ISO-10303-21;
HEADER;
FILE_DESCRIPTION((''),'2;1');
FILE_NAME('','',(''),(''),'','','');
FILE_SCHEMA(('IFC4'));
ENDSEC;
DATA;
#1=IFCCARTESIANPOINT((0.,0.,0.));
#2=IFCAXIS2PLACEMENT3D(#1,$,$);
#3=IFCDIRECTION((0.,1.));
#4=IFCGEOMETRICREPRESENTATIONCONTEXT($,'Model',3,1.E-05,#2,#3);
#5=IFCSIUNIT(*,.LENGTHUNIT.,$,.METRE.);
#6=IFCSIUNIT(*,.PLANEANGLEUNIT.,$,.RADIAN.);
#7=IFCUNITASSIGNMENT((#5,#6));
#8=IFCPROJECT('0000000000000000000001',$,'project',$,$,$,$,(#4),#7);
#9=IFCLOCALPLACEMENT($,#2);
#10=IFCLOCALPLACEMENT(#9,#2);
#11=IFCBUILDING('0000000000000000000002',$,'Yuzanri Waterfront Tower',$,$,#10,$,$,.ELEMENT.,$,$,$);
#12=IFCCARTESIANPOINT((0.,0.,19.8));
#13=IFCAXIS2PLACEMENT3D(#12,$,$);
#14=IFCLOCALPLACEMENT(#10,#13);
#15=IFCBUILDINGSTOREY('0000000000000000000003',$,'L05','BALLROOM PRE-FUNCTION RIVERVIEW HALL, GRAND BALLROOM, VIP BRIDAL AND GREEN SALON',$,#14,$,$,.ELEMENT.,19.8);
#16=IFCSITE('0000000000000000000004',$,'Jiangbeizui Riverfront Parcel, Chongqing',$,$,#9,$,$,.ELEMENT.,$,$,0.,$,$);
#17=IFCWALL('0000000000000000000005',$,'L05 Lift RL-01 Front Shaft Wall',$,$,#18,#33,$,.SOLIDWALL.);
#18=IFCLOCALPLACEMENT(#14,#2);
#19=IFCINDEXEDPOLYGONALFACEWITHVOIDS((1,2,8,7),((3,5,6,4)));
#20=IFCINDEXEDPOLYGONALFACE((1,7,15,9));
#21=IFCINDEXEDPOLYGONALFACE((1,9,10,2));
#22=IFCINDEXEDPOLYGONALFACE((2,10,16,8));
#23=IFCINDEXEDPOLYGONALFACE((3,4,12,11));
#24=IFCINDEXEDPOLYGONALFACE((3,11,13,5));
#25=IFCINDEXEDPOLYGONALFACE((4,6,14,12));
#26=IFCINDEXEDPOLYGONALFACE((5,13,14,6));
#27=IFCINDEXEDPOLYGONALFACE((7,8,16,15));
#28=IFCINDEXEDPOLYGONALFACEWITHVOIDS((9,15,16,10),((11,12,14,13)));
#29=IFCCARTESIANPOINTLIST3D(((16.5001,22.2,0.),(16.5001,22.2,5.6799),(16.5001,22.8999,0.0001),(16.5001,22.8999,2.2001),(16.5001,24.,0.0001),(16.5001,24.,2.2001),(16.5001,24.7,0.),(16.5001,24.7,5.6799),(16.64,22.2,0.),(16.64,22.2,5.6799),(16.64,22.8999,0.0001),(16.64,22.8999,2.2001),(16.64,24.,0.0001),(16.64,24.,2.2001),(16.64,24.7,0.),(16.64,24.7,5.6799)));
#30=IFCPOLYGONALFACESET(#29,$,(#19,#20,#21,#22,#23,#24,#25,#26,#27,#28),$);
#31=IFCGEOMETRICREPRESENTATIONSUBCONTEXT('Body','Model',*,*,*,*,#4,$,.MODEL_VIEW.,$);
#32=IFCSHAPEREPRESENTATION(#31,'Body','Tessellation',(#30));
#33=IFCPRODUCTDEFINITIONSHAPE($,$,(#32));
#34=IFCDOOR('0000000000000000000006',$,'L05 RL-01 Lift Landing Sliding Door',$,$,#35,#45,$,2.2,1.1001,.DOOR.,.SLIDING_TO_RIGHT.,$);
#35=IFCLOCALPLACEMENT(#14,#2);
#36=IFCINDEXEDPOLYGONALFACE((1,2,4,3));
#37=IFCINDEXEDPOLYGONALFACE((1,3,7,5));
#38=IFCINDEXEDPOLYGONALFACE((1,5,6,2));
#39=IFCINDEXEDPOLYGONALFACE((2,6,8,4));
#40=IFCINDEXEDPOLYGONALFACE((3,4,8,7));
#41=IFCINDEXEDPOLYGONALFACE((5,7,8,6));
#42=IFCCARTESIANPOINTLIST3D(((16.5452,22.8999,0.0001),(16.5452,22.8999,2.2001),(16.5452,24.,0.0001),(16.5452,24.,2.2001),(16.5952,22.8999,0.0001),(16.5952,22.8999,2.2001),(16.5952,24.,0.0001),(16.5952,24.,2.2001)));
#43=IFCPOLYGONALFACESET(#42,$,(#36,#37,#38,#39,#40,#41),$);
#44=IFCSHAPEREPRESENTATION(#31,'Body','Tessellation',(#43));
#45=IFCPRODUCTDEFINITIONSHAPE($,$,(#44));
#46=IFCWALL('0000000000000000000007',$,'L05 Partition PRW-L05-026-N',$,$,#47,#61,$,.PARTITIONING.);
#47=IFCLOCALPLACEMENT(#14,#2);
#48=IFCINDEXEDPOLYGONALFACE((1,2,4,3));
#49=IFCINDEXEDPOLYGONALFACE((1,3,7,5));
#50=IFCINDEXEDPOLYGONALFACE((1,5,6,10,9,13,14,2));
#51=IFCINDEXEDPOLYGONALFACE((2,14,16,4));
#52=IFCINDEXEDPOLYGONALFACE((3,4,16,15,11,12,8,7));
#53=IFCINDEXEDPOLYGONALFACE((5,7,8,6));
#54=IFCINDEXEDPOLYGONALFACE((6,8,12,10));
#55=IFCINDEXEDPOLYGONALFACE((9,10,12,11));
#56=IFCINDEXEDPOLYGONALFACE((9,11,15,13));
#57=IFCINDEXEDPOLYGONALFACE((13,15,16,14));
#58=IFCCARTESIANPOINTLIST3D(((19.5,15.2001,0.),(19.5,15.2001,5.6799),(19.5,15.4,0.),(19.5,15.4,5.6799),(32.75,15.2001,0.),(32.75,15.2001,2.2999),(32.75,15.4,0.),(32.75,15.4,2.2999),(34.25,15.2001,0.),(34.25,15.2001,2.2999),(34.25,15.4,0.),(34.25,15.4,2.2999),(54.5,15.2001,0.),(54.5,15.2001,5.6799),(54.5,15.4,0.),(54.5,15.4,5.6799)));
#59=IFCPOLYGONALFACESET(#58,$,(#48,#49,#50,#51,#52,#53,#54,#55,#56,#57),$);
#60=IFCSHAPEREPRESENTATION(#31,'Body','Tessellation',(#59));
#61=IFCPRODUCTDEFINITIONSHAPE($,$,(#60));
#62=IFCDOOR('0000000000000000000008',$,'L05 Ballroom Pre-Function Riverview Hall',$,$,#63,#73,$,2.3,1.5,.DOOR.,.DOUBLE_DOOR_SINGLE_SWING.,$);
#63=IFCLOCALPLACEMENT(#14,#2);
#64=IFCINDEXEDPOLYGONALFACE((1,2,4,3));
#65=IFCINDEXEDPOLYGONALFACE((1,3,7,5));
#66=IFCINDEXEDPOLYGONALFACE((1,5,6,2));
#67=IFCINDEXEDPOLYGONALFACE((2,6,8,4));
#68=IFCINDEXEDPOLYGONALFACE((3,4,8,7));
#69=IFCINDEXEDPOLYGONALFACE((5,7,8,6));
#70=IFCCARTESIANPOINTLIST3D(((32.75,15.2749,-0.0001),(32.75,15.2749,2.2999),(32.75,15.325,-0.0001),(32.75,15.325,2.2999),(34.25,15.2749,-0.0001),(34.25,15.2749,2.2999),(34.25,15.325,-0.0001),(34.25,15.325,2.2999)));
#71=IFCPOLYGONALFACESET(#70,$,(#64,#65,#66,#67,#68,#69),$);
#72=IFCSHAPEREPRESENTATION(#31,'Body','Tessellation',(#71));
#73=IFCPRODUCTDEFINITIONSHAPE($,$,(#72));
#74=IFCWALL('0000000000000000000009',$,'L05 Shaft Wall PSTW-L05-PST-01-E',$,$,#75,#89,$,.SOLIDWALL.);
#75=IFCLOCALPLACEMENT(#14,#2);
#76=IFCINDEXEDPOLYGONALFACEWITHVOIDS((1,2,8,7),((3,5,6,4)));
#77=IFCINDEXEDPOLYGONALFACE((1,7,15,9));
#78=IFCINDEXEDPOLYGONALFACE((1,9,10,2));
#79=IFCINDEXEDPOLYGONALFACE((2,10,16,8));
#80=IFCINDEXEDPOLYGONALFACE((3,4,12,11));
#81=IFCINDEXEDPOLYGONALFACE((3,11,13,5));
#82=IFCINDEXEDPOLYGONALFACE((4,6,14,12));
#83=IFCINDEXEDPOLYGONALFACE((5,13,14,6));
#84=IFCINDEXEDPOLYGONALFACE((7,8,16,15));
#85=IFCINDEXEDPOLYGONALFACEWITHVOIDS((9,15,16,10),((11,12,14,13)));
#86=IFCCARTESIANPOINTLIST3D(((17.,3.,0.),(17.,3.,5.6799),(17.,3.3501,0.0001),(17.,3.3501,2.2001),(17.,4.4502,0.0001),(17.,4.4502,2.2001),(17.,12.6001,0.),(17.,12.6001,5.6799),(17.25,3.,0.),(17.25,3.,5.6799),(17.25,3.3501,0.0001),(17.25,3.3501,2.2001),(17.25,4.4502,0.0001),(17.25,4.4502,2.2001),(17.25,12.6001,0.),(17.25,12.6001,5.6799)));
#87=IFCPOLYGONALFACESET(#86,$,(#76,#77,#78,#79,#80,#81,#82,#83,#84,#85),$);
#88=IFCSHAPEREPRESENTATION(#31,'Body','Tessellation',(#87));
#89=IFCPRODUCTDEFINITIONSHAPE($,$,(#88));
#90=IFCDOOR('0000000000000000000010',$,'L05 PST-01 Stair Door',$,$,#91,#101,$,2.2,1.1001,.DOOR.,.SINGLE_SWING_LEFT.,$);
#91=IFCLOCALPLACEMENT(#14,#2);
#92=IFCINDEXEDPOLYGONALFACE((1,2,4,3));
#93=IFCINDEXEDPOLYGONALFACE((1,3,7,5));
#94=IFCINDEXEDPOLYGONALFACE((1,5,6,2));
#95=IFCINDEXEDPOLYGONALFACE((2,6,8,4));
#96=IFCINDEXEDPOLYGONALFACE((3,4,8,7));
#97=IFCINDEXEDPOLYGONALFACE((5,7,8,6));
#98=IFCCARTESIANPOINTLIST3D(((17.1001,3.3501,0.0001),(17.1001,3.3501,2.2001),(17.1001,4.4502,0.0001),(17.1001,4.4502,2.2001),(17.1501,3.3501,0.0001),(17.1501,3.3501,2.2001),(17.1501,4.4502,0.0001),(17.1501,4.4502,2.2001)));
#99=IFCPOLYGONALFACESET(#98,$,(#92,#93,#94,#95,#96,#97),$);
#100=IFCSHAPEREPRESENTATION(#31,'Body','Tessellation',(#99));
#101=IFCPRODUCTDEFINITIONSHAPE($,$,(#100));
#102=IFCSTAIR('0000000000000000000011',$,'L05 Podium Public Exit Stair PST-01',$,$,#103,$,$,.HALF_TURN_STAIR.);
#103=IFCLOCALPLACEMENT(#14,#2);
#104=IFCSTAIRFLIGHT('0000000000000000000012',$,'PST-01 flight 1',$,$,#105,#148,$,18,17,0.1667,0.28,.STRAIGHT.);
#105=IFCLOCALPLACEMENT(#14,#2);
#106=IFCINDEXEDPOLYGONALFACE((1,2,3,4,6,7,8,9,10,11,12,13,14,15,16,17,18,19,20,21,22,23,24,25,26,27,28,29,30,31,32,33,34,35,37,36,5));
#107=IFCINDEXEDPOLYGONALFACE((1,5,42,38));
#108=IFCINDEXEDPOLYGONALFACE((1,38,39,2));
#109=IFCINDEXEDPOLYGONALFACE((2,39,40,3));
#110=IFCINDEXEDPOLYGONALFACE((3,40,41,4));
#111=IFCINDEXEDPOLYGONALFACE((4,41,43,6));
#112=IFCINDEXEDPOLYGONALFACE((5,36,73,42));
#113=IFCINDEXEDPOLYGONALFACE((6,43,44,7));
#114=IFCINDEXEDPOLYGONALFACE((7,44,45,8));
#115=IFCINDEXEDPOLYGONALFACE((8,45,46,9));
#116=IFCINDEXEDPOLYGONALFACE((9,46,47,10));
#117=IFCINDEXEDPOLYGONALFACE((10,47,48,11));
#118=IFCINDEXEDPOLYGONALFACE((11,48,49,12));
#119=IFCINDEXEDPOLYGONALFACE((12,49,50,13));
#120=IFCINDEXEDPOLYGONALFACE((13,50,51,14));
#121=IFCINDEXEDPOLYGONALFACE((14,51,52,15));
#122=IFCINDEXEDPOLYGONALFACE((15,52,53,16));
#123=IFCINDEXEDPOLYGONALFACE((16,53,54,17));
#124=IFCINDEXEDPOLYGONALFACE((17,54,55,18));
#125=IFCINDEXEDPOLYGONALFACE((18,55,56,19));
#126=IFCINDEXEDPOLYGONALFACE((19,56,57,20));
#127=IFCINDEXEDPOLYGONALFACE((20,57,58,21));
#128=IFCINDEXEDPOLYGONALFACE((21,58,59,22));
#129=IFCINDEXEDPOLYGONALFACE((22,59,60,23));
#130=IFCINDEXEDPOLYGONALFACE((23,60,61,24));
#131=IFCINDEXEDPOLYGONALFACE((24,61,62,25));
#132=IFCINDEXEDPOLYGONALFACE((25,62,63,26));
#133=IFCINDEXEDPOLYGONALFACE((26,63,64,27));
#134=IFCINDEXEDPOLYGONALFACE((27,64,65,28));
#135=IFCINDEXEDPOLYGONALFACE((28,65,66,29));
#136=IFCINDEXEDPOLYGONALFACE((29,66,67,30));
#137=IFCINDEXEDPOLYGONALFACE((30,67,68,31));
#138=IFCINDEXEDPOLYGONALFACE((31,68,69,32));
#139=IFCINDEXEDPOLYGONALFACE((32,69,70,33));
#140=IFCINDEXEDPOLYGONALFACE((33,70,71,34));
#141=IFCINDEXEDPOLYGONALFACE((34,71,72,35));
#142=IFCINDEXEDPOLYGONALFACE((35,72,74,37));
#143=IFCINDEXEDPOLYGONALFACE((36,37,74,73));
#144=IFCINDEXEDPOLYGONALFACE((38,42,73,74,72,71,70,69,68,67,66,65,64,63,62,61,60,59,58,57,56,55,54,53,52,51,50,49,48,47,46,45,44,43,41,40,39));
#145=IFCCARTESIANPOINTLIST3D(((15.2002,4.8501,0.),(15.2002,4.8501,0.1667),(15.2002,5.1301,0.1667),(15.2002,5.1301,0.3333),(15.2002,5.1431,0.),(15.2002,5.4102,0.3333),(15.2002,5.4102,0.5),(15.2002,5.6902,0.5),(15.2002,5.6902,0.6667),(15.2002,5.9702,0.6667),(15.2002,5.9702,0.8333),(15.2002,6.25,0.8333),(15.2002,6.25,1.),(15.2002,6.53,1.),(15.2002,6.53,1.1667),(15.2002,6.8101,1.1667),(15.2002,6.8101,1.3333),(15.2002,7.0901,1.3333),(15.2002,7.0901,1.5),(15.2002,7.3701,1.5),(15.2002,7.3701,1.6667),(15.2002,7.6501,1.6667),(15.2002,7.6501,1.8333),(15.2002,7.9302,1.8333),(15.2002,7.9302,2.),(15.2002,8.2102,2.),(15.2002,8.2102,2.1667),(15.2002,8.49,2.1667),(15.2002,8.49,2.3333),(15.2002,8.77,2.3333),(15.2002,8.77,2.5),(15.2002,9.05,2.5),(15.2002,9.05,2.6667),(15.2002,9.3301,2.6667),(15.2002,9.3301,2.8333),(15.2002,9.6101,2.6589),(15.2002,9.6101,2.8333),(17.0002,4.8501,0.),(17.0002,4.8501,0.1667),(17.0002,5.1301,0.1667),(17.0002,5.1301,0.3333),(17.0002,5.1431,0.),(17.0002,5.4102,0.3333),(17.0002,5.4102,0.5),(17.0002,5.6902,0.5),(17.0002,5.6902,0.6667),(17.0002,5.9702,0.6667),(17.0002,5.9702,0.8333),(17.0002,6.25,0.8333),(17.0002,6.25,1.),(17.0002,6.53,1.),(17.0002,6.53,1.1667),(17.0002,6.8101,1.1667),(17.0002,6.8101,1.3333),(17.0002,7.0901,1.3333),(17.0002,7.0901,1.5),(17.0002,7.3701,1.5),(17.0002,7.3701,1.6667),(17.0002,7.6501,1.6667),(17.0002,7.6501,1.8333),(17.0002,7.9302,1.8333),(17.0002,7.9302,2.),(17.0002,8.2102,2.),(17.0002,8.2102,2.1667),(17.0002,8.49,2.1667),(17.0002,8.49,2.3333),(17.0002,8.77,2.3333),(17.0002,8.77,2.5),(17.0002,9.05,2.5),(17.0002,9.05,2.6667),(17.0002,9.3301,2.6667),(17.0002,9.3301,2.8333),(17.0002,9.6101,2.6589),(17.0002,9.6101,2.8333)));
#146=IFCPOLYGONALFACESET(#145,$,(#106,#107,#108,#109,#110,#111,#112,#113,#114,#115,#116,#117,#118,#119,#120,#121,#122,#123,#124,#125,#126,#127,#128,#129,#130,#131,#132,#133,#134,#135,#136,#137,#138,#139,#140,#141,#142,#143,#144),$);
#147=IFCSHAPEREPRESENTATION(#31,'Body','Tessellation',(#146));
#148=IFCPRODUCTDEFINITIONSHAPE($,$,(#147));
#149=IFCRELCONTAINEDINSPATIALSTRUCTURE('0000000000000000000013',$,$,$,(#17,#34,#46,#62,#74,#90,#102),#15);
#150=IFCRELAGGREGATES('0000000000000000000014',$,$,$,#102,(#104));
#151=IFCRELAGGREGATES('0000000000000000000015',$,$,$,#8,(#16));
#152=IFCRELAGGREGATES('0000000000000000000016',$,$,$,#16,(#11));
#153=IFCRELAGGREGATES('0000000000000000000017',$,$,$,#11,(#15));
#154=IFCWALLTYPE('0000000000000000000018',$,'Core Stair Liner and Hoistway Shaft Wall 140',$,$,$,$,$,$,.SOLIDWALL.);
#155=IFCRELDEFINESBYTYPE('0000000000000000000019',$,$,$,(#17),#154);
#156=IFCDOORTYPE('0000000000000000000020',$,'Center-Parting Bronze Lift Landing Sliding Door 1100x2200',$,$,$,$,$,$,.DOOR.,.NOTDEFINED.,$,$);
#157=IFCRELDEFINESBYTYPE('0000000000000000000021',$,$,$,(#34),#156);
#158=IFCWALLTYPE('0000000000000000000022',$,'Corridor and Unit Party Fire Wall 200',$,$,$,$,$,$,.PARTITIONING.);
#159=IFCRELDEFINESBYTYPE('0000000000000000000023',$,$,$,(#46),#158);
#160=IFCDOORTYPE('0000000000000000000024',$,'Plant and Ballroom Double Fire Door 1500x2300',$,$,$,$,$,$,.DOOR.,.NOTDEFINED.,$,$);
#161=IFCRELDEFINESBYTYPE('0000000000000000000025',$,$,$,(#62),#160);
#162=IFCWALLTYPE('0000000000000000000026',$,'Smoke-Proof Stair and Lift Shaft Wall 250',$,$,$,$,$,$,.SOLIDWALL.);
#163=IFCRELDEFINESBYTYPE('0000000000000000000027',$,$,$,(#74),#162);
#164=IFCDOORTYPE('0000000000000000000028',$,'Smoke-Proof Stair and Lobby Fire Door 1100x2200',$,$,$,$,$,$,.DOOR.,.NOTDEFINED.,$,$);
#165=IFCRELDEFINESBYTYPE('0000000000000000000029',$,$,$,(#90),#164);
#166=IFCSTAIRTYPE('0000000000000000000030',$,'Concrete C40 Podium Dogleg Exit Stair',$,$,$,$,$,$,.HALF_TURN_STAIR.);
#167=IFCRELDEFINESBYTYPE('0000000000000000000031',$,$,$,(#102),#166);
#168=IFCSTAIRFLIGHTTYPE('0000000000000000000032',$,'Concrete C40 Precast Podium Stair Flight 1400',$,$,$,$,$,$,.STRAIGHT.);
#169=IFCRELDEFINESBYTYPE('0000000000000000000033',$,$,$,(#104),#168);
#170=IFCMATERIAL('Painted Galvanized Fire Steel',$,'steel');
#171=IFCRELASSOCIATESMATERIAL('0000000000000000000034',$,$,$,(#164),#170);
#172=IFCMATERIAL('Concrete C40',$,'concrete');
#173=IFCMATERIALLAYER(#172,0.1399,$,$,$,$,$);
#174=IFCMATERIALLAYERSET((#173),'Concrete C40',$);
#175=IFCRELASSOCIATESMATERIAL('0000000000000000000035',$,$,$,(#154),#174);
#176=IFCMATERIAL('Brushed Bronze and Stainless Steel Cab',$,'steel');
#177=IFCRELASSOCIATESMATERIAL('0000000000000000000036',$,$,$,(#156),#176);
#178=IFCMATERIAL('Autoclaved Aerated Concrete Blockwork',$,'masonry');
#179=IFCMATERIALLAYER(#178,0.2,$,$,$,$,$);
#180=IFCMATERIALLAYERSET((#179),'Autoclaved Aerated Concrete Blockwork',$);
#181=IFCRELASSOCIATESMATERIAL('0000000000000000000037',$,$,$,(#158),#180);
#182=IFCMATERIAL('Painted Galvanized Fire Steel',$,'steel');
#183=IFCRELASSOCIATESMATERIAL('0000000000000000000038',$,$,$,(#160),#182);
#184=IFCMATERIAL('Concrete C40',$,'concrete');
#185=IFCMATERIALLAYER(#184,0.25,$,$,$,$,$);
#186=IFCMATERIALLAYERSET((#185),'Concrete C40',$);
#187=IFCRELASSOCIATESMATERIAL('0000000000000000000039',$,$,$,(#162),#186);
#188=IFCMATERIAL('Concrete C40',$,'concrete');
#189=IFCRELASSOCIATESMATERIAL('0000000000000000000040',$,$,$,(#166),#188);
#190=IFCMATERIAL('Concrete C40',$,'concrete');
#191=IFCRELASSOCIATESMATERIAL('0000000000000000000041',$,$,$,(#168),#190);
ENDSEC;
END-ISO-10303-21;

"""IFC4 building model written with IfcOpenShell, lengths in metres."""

from ifc_helpers import new_model, si_unit, direction, frame, frame_2d, origin, place, context, subcontext, project, spatial, polyline, rectangle, outline, extrude, source, transform, mapped, material, layer, layer_set, type_object, element, fill, aggregate, save


model = new_model("IFC4")

# Units and contexts
model_context = context("Model", 3, precision=1e-05, world=origin(), true_north=direction((0.0, 1.0)))
body_context = subcontext(model_context, "Body", "Model", "MODEL_VIEW")
ifc_project = project(units=[si_unit("LENGTHUNIT", "METRE"), si_unit("PLANEANGLEUNIT", "RADIAN")], contexts=[model_context])

# Site, building, storey
site_placement = place(None, origin())
site = spatial("IfcSite", under=ifc_project, at=site_placement, Name="Jiangbeizui Riverfront Parcel, Chongqing", CompositionType="ELEMENT", RefElevation=0.0)
building_placement = place(site_placement, origin())
building = spatial("IfcBuilding", under=site, at=building_placement, Name="Yuzanri Waterfront Tower", CompositionType="ELEMENT")
storey_placement = place(building_placement, frame((0.0, 0.0, 19.8)))
storey = spatial("IfcBuildingStorey", under=building, at=storey_placement, Name="L05", Description="BALLROOM PRE-FUNCTION RIVERVIEW HALL, GRAND BALLROOM, VIP BRIDAL AND GREEN SALON", CompositionType="ELEMENT", Elevation=19.8)

# Shared definitions
ifc_material_1 = material(Name="Painted Galvanized Fire Steel", Category="steel")
door_type_1 = type_object("IfcDoorType", Name="Smoke-Proof Stair and Lobby Fire Door 1100x2200", OperationType="NOTDEFINED", PredefinedType="DOOR", material=ifc_material_1)
shared_shape_1 = source(origin(), body_context, "Body", "SweptSolid", [
    extrude(rectangle(XDim=1.1001, YDim=2.2, at=frame_2d((0.55, 1.1001))), frame((0.0, 0.0249, 0.0), z_axis=(0.0, -1.0, 0.0), x_axis=(1.0, 0.0, 0.0)), (0.0, 0.0, 1.0), 0.05),
])

# Walls, openings, doors
ifc_material_2 = material(Name="Concrete C40", Category="concrete")
ifc_layer_1 = layer(ifc_material_2, 0.1399)
ifc_layer_set_1 = layer_set([ifc_layer_1], Name="Concrete C40")
wall_type_1 = type_object("IfcWallType", Name="Core Stair Liner and Hoistway Shaft Wall 140", PredefinedType="SOLIDWALL", material=ifc_layer_set_1)
wall_1_placement = place(storey_placement, frame((16.5701, 22.2, 0.0), z_axis=(0.0, 0.0, 1.0), x_axis=(0.0, 1.0, 0.0)))
wall_1 = element("IfcWall", 1, at=wall_1_placement, inside=storey, type_object=wall_type_1, Name="L05 Lift RL-01 Front Shaft Wall", PredefinedType="SOLIDWALL", context=body_context, shape_type="SweptSolid", body=[
    extrude(rectangle(XDim=2.5, YDim=0.1399, at=frame_2d((1.25, 0.0))), origin(), (0.0, 0.0, 1.0), 5.6799),
])
opening_1_placement = place(wall_1_placement, frame((0.7, 0.0, 0.0)))
opening_1 = element("IfcOpeningElement", 2, at=opening_1_placement, cuts=wall_1, PredefinedType="OPENING", context=body_context, shape_type="SweptSolid", body=[
    extrude(rectangle(XDim=1.1001, YDim=2.2, at=frame_2d((0.55, 1.1001))), frame((0.0, 0.085, 0.0), z_axis=(0.0, -1.0, 0.0), x_axis=(1.0, 0.0, 0.0)), (0.0, 0.0, 1.0), 0.1697),
])
ifc_material_3 = material(Name="Brushed Bronze and Stainless Steel Cab", Category="steel")
door_type_2 = type_object("IfcDoorType", Name="Center-Parting Bronze Lift Landing Sliding Door 1100x2200", OperationType="NOTDEFINED", PredefinedType="DOOR", material=ifc_material_3)
shared_shape_2 = source(origin(), body_context, "Body", "SweptSolid", [
    extrude(rectangle(XDim=1.1001, YDim=2.2, at=frame_2d((0.55, 1.1001))), frame((0.0, 0.0249, 0.0), z_axis=(0.0, -1.0, 0.0), x_axis=(1.0, 0.0, 0.0)), (0.0, 0.0, 1.0), 0.05),
])
door_1_placement = place(opening_1_placement, origin())
door_1 = element("IfcDoor", 3, at=door_1_placement, inside=storey, type_object=door_type_2, Name="L05 RL-01 Lift Landing Sliding Door", OperationType="SLIDING_TO_RIGHT", OverallHeight=2.2, OverallWidth=1.1001, PredefinedType="DOOR", context=body_context, shape_type="MappedRepresentation", body=[
    mapped(shared_shape_2, transform((0.0, 0.0, 0.0), scale=1.0)),
])
fill(opening_1, door_1)
ifc_material_4 = material(Name="Autoclaved Aerated Concrete Blockwork", Category="masonry")
ifc_layer_2 = layer(ifc_material_4, 0.2)
ifc_layer_set_2 = layer_set([ifc_layer_2], Name="Autoclaved Aerated Concrete Blockwork")
wall_type_2 = type_object("IfcWallType", Name="Corridor and Unit Party Fire Wall 200", PredefinedType="PARTITIONING", material=ifc_layer_set_2)
wall_2_placement = place(storey_placement, frame((19.5, 15.3, 0.0), z_axis=(0.0, 0.0, 1.0), x_axis=(1.0, 0.0, 0.0)))
wall_2 = element("IfcWall", 4, at=wall_2_placement, inside=storey, type_object=wall_type_2, Name="L05 Partition PRW-L05-026-N", PredefinedType="PARTITIONING", context=body_context, shape_type="SweptSolid", body=[
    extrude(rectangle(XDim=35.0, YDim=0.2, at=frame_2d((17.5, 0.0))), origin(), (0.0, 0.0, 1.0), 5.6799),
])
opening_2_placement = place(wall_2_placement, frame((13.25, 0.0, 0.0)))
opening_2 = element("IfcOpeningElement", 5, at=opening_2_placement, cuts=wall_2, PredefinedType="OPENING", context=body_context, shape_type="SweptSolid", body=[
    extrude(rectangle(XDim=1.5, YDim=2.3, at=frame_2d((0.75, 1.1499))), frame((0.0, 0.1147, 0.0), z_axis=(0.0, -1.0, 0.0), x_axis=(1.0, 0.0, 0.0)), (0.0, 0.0, 1.0), 0.2297),
])
ifc_material_5 = material(Name="Painted Galvanized Fire Steel", Category="steel")
door_type_3 = type_object("IfcDoorType", Name="Plant and Ballroom Double Fire Door 1500x2300", OperationType="NOTDEFINED", PredefinedType="DOOR", material=ifc_material_5)
shared_shape_3 = source(origin(), body_context, "Body", "SweptSolid", [
    extrude(rectangle(XDim=1.5, YDim=2.3, at=frame_2d((0.75, 1.1499))), frame((0.0, 0.0249, 0.0), z_axis=(0.0, -1.0, 0.0), x_axis=(1.0, 0.0, 0.0)), (0.0, 0.0, 1.0), 0.05),
])
door_2_placement = place(opening_2_placement, origin())
door_2 = element("IfcDoor", 6, at=door_2_placement, inside=storey, type_object=door_type_3, Name="L05 Ballroom Pre-Function Riverview Hall", OperationType="DOUBLE_DOOR_SINGLE_SWING", OverallHeight=2.3, OverallWidth=1.5, PredefinedType="DOOR", context=body_context, shape_type="MappedRepresentation", body=[
    mapped(shared_shape_3, transform((0.0, 0.0, 0.0), scale=1.0)),
])
fill(opening_2, door_2)
ifc_material_6 = material(Name="Concrete C40", Category="concrete")
ifc_layer_3 = layer(ifc_material_6, 0.25)
ifc_layer_set_3 = layer_set([ifc_layer_3], Name="Concrete C40")
wall_type_3 = type_object("IfcWallType", Name="Smoke-Proof Stair and Lift Shaft Wall 250", PredefinedType="SOLIDWALL", material=ifc_layer_set_3)
wall_3_placement = place(storey_placement, frame((17.125, 3.0, 0.0), z_axis=(0.0, 0.0, 1.0), x_axis=(0.0, 1.0, 0.0)))
wall_3 = element("IfcWall", 7, at=wall_3_placement, inside=storey, type_object=wall_type_3, Name="L05 Shaft Wall PSTW-L05-PST-01-E", PredefinedType="SOLIDWALL", context=body_context, shape_type="SweptSolid", body=[
    extrude(rectangle(XDim=9.6001, YDim=0.25, at=frame_2d((4.8, 0.0))), origin(), (0.0, 0.0, 1.0), 5.6799),
])
opening_3_placement = place(wall_3_placement, frame((0.3501, 0.0, 0.0)))
opening_3 = element("IfcOpeningElement", 8, at=opening_3_placement, cuts=wall_3, PredefinedType="OPENING", context=body_context, shape_type="SweptSolid", body=[
    extrude(rectangle(XDim=1.1001, YDim=2.2, at=frame_2d((0.55, 1.1001))), frame((0.0, 0.1399, 0.0), z_axis=(0.0, -1.0, 0.0), x_axis=(1.0, 0.0, 0.0)), (0.0, 0.0, 1.0), 0.2798),
])
door_3_placement = place(opening_3_placement, origin())
door_3 = element("IfcDoor", 9, at=door_3_placement, inside=storey, type_object=door_type_1, Name="L05 PST-01 Stair Door", OperationType="SINGLE_SWING_LEFT", OverallHeight=2.2, OverallWidth=1.1001, PredefinedType="DOOR", context=body_context, shape_type="MappedRepresentation", body=[
    mapped(shared_shape_1, transform((0.0, 0.0, 0.0), scale=1.0)),
])
fill(opening_3, door_3)

# Stair, stair flight
ifc_material_7 = material(Name="Concrete C40", Category="concrete")
stair_type = type_object("IfcStairType", Name="Concrete C40 Podium Dogleg Exit Stair", PredefinedType="HALF_TURN_STAIR", material=ifc_material_7)
stair_placement = place(storey_placement, origin())
stair = element("IfcStair", 10, at=stair_placement, inside=storey, type_object=stair_type, Name="L05 Podium Public Exit Stair PST-01", PredefinedType="HALF_TURN_STAIR")
ifc_material_8 = material(Name="Concrete C40", Category="concrete")
stair_flight_type = type_object("IfcStairFlightType", Name="Concrete C40 Precast Podium Stair Flight 1400", PredefinedType="STRAIGHT", material=ifc_material_8)
shared_shape_4 = source(origin(), body_context, "Body", "SweptSolid", [
    extrude(outline(polyline([(0.0, 0.0), (0.0, 0.1667), (0.28, 0.1667), (0.28, 0.3333), (0.5601, 0.3333), (0.5601, 0.5), (0.8401, 0.5), (0.8401, 0.6667), (1.1201, 0.6667), (1.1201, 0.8333), (1.3999, 0.8333), (1.3999, 1.0), (1.6799, 1.0), (1.6799, 1.1667), (1.96, 1.1667), (1.96, 1.3333), (2.24, 1.3333), (2.24, 1.5), (2.52, 1.5), (2.52, 1.6667), (2.8, 1.6667), (2.8, 1.8333), (3.0801, 1.8333), (3.0801, 2.0), (3.3601, 2.0), (3.3601, 2.1667), (3.6399, 2.1667), (3.6399, 2.3333), (3.9199, 2.3333), (3.9199, 2.5), (4.2, 2.5), (4.2, 2.6667), (4.48, 2.6667), (4.48, 2.8333), (4.76, 2.8333), (4.76, 3.0), (4.76, 2.6589), (0.293, 0.0), (0.0, 0.0)])), frame((0.0, 0.8999, 0.0), z_axis=(0.0, -1.0, 0.0), x_axis=(1.0, 0.0, 0.0)), (0.0, 0.0, 1.0), 1.8),
])
stair_flight_placement = place(storey_placement, frame((16.1001, 4.8501, 0.0), z_axis=(0.0, 0.0, 1.0), x_axis=(0.0, 1.0, 0.0)))
stair_flight = element("IfcStairFlight", 11, at=stair_flight_placement, type_object=stair_flight_type, Name="PST-01 flight 1", NumberOfRisers=18, NumberOfTreads=17, PredefinedType="STRAIGHT", RiserHeight=0.1667, TreadLength=0.28, context=body_context, shape_type="MappedRepresentation", body=[
    mapped(shared_shape_4, transform((0.0, 0.0, 0.0), scale=1.0)),
])
aggregate(stair, [stair_flight])

save(model, "model.ifc")
